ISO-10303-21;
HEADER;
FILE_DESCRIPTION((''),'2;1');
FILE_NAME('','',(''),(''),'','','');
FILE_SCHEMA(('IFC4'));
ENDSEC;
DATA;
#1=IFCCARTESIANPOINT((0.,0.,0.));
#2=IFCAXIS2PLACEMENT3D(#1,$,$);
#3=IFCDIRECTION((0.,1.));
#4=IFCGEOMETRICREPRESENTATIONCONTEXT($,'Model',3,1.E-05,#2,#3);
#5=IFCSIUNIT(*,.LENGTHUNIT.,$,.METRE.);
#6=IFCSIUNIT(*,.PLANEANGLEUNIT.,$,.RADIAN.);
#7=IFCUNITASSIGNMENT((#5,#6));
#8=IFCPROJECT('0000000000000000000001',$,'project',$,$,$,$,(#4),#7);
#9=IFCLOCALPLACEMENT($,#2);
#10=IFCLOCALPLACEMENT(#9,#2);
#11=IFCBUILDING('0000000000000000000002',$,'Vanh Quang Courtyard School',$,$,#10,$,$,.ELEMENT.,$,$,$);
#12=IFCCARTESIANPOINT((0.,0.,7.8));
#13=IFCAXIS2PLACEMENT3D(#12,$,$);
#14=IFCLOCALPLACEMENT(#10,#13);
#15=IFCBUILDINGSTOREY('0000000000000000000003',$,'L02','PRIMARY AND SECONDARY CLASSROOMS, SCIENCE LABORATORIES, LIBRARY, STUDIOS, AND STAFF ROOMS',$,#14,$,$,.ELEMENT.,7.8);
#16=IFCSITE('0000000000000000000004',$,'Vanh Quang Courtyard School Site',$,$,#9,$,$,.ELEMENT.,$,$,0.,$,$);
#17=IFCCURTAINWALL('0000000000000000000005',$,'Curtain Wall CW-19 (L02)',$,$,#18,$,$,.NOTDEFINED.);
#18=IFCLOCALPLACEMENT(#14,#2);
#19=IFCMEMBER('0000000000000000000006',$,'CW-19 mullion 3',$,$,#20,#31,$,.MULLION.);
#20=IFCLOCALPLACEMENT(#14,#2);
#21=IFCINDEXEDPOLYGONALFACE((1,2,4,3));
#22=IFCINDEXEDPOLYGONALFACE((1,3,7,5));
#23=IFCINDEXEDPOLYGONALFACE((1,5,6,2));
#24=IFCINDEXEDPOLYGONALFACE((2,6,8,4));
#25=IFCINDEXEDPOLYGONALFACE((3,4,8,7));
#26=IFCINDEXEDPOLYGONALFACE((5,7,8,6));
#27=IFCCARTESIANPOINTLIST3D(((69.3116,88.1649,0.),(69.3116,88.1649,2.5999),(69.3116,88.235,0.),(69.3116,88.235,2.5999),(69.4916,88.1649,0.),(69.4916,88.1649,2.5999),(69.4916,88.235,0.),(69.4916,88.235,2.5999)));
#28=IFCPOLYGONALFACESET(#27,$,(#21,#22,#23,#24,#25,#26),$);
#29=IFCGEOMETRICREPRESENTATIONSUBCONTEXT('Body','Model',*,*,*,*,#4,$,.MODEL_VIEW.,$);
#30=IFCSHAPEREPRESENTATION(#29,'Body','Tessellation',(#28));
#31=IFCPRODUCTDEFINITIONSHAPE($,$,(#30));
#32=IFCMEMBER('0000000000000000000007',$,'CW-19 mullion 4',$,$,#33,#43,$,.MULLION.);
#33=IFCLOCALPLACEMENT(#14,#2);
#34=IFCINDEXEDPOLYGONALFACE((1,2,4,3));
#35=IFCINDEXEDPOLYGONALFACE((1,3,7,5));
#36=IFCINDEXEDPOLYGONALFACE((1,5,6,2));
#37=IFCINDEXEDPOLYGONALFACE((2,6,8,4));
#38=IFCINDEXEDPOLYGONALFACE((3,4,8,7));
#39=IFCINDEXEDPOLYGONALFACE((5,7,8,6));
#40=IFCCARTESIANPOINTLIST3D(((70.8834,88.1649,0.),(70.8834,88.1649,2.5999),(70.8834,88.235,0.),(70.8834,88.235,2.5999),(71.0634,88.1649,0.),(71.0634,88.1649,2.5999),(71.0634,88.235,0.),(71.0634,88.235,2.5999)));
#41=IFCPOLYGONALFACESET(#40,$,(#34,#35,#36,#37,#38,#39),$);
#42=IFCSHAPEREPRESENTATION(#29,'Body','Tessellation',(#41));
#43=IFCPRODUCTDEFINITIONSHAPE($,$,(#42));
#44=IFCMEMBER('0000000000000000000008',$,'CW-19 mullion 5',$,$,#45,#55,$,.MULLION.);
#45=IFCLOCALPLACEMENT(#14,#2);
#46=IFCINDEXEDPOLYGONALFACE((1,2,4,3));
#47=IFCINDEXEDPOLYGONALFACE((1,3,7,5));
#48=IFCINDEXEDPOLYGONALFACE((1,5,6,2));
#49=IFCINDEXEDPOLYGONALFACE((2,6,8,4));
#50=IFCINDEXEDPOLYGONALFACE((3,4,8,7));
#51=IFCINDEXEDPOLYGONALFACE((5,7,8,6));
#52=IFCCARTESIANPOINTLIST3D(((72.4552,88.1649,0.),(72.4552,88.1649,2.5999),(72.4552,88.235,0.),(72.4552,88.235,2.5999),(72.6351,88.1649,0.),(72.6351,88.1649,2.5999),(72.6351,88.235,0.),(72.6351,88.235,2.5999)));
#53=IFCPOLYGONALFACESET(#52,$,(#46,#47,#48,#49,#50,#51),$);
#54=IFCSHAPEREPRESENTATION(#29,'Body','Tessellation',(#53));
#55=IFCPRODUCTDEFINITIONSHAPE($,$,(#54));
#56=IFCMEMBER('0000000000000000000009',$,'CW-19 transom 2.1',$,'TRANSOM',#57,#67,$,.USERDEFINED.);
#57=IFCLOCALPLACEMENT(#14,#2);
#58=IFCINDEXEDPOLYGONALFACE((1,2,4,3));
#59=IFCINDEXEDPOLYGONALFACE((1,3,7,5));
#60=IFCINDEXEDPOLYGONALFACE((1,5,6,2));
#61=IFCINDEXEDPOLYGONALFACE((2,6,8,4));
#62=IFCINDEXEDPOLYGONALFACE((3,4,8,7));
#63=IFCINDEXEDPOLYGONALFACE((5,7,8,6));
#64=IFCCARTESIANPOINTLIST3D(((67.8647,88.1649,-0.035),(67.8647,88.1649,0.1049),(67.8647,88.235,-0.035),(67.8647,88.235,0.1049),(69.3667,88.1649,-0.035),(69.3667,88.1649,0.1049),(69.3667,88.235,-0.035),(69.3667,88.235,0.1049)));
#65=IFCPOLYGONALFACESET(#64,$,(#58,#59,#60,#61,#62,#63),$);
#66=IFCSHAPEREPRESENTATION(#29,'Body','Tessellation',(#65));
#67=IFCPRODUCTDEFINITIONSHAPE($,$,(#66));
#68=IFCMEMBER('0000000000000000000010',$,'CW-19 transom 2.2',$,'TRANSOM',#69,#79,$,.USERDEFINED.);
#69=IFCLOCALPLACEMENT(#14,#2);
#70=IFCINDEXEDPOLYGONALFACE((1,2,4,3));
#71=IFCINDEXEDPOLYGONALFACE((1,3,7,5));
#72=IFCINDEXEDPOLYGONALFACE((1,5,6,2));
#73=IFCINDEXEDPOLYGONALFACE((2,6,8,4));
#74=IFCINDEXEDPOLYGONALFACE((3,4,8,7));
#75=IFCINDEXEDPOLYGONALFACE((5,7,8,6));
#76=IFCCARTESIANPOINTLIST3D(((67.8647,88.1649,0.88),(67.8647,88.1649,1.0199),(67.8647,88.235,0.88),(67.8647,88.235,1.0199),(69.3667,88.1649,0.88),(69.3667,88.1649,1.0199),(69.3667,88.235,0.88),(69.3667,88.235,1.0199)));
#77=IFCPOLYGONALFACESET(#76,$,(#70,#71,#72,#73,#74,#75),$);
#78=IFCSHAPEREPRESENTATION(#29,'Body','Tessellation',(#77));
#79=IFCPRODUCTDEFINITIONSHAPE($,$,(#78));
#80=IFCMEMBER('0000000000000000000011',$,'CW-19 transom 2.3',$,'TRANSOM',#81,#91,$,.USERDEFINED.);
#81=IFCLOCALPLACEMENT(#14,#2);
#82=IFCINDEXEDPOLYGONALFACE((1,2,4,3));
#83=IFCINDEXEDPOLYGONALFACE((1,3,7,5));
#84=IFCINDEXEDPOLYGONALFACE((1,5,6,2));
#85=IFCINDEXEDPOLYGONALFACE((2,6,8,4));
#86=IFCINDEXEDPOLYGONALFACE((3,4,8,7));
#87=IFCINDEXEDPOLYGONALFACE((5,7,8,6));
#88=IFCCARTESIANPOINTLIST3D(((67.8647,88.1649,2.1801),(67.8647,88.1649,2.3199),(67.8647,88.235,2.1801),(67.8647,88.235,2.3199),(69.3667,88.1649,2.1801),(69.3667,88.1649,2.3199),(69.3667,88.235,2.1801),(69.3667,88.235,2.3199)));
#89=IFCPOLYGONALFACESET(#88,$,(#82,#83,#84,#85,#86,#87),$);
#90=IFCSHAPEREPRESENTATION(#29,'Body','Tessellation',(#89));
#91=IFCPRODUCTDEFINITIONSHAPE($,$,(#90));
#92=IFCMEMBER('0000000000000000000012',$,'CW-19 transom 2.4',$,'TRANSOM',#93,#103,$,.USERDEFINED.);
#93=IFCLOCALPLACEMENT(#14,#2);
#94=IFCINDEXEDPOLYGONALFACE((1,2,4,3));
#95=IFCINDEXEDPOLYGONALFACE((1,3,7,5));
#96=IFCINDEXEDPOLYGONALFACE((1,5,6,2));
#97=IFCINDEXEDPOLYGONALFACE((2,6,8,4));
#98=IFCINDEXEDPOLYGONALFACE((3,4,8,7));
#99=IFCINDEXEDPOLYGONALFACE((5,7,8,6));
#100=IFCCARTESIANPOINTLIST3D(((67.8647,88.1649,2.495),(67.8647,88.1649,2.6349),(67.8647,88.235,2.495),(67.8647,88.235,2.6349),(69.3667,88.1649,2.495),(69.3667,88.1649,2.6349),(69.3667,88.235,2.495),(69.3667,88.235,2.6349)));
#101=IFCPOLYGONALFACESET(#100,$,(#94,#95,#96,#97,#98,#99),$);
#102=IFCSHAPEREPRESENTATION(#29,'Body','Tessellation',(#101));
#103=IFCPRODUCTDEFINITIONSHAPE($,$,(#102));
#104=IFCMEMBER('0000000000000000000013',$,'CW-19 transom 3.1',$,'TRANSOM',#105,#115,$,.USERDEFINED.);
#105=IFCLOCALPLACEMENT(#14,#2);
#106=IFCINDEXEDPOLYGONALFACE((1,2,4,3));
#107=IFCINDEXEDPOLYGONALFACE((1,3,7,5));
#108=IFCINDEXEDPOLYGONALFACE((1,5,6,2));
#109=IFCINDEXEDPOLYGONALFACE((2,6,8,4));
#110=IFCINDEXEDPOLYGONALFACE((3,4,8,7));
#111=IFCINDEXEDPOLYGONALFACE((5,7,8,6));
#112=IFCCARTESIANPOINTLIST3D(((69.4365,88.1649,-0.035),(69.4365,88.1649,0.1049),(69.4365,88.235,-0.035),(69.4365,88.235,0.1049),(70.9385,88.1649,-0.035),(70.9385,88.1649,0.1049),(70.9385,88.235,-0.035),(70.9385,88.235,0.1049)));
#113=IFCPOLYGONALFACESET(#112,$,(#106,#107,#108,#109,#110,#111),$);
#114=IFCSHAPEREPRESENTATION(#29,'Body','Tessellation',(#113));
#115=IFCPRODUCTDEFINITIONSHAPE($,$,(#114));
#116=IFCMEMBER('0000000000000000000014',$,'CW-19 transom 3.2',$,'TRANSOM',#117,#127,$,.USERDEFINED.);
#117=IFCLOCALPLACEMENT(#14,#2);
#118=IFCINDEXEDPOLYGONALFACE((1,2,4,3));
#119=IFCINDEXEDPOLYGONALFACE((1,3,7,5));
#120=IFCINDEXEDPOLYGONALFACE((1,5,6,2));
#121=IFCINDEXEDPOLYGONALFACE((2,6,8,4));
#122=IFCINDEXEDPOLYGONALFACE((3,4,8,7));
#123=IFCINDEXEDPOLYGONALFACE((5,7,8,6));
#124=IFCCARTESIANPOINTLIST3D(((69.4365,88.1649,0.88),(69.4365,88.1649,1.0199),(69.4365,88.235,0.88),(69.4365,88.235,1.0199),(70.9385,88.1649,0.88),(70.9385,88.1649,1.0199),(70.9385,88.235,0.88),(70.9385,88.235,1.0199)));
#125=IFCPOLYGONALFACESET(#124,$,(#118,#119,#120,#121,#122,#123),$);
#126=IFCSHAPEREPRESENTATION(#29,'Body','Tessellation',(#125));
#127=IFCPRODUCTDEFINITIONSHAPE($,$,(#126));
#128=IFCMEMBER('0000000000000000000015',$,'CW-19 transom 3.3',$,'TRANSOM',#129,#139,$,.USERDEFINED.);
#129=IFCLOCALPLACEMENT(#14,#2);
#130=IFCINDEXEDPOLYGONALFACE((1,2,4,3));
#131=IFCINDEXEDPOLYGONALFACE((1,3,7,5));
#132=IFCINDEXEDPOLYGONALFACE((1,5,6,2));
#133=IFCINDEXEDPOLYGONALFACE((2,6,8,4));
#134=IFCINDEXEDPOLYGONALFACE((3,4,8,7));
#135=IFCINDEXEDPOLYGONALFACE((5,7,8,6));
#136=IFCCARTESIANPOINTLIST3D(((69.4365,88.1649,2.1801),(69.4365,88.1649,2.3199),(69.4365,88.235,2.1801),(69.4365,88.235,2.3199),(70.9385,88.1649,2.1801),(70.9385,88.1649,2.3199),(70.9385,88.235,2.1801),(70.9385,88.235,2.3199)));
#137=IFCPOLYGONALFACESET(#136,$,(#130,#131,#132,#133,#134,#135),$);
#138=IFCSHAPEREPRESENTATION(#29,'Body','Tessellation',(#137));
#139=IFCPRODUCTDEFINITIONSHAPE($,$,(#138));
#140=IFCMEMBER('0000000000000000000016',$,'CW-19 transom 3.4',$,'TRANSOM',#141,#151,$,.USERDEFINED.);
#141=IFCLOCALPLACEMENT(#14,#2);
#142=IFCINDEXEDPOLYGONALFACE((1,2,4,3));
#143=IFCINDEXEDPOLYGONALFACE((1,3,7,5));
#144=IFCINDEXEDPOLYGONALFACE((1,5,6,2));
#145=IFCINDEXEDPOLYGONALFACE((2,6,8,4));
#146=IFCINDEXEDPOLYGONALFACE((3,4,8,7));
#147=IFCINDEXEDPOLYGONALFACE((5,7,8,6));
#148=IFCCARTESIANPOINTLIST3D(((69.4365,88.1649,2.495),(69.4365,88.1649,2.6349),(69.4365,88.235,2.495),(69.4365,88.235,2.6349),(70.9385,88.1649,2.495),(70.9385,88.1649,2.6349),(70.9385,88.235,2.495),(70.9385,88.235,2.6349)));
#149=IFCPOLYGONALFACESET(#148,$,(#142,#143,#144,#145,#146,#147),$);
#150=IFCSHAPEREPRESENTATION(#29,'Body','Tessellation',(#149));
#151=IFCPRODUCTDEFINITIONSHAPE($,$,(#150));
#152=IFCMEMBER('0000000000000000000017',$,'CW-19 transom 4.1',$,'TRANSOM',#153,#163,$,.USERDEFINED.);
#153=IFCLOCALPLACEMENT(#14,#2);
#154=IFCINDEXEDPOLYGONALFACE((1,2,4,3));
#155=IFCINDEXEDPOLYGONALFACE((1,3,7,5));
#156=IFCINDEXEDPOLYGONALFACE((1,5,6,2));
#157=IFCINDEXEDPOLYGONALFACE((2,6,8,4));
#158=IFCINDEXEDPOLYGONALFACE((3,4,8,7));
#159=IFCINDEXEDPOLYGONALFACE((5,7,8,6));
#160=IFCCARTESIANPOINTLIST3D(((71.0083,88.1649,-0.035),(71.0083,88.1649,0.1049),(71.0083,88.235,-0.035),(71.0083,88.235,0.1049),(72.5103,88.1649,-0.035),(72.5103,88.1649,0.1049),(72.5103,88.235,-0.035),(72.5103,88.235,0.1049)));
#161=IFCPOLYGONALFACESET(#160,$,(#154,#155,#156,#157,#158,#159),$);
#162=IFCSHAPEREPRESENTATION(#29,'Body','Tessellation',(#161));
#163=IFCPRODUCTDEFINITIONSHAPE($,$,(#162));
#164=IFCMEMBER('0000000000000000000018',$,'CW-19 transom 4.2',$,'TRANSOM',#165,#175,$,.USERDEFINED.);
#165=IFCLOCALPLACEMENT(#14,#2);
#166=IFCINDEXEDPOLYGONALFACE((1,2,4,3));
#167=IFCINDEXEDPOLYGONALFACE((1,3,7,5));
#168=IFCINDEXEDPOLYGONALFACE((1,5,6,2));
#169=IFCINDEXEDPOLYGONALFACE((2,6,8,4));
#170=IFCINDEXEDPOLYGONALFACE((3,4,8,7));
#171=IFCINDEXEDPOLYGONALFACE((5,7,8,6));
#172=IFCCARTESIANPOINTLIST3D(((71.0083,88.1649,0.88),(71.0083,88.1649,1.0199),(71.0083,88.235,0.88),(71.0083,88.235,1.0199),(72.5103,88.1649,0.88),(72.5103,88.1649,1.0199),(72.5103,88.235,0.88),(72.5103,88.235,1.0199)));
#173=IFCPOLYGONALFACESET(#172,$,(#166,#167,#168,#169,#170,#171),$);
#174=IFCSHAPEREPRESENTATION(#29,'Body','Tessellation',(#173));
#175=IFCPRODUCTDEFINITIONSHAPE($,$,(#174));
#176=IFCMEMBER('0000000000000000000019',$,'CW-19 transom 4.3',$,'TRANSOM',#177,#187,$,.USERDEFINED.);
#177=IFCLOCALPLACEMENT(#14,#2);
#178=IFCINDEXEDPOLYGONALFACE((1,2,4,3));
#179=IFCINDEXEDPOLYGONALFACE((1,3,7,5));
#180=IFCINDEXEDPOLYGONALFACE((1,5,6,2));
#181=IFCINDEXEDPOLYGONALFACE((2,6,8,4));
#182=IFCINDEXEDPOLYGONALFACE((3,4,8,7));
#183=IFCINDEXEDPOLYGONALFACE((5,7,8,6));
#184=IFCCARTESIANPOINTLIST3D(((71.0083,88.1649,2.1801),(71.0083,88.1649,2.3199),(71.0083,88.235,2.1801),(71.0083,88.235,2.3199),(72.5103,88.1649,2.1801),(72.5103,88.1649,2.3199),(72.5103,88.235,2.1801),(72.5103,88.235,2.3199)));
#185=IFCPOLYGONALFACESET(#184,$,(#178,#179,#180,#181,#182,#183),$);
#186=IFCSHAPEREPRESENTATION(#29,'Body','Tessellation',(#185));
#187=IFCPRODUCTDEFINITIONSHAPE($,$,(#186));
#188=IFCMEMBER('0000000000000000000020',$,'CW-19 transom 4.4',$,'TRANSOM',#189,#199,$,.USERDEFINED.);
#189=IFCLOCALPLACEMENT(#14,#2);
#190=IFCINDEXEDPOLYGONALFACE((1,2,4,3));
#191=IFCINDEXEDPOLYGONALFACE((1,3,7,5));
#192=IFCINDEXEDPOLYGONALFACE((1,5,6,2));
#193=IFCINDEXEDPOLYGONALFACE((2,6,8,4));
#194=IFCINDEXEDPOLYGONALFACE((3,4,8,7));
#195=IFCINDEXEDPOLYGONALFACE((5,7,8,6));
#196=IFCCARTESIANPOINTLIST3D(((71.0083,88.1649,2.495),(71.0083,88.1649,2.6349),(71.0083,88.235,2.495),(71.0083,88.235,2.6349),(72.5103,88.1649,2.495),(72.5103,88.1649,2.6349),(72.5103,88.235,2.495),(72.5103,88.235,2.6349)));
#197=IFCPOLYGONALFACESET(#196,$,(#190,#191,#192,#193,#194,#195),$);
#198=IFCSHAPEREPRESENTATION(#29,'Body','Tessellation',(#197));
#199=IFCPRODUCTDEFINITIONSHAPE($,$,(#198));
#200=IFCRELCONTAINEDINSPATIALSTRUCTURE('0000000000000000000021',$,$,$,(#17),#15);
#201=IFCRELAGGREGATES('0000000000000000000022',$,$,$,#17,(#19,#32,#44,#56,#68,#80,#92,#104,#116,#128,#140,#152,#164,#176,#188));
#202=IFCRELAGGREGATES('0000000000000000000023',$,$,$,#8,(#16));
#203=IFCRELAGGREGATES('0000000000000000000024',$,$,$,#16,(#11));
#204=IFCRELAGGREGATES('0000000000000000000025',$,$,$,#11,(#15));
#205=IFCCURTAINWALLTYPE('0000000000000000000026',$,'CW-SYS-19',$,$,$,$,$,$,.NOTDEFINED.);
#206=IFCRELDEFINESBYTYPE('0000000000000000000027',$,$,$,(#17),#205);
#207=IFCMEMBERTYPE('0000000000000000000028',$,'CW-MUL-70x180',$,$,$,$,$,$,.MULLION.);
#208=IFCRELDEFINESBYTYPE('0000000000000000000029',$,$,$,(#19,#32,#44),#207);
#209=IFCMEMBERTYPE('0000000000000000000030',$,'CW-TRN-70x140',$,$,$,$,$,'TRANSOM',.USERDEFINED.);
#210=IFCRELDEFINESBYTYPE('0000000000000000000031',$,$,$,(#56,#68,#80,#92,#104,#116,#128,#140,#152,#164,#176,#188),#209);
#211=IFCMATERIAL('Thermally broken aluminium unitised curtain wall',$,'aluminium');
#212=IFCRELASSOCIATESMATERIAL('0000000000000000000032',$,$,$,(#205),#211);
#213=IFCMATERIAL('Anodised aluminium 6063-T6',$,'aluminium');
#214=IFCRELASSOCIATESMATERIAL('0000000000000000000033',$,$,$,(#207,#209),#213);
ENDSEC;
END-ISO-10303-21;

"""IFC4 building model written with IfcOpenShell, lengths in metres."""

from ifc_helpers import new_model, si_unit, direction, frame, origin, origin_2d, place, context, subcontext, project, spatial, rectangle, extrude, material, material_profile, profile_set, type_object, element, aggregate, save


model = new_model("IFC4")

# Units and contexts
model_context = context("Model", 3, precision=1e-05, world=origin(), true_north=direction((0.0, 1.0)))
body_context = subcontext(model_context, "Body", "Model", "MODEL_VIEW")
ifc_project = project(units=[si_unit("LENGTHUNIT", "METRE"), si_unit("PLANEANGLEUNIT", "RADIAN")], contexts=[model_context])

# Site, building, storey
site_placement = place(None, origin())
site = spatial("IfcSite", under=ifc_project, at=site_placement, Name="Vanh Quang Courtyard School Site", CompositionType="ELEMENT", RefElevation=0.0)
building_placement = place(site_placement, origin())
building = spatial("IfcBuilding", under=site, at=building_placement, Name="Vanh Quang Courtyard School", CompositionType="ELEMENT")
storey_placement = place(building_placement, frame((0.0, 0.0, 7.8)))
storey = spatial("IfcBuildingStorey", under=building, at=storey_placement, Name="L02", Description="PRIMARY AND SECONDARY CLASSROOMS, SCIENCE LABORATORIES, LIBRARY, STUDIOS, AND STAFF ROOMS", CompositionType="ELEMENT", Elevation=7.8)

# Curtain wall, members
ifc_material_1 = material(Name="Thermally broken aluminium unitised curtain wall", Category="aluminium")
curtain_wall_type = type_object("IfcCurtainWallType", Name="CW-SYS-19", PredefinedType="NOTDEFINED", material=ifc_material_1)
curtain_wall_placement = place(storey_placement, origin())
curtain_wall = element("IfcCurtainWall", 1, at=curtain_wall_placement, inside=storey, type_object=curtain_wall_type, Name="Curtain Wall CW-19 (L02)", PredefinedType="NOTDEFINED")
ifc_material_2 = material(Name="Anodised aluminium 6063-T6", Category="aluminium")
ifc_material_profile_1 = material_profile(ifc_material_2, rectangle(XDim=0.0701, YDim=0.1799, at=origin_2d()), Name="ALU-MUL 70x180")
ifc_profile_set_1 = profile_set([ifc_material_profile_1], Name="Anodised aluminium 6063-T6")
member_type_1 = type_object("IfcMemberType", Name="CW-MUL-70x180", PredefinedType="MULLION", material=ifc_profile_set_1)
member_1_placement = place(storey_placement, frame((69.4016, 88.2, 0.0), z_axis=(0.0, 0.0, 1.0), x_axis=(0.0, 1.0, 0.0)))
member_1 = element("IfcMember", 2, at=member_1_placement, type_object=member_type_1, Name="CW-19 mullion 3", PredefinedType="MULLION", context=body_context, shape_type="SweptSolid", body=[
    extrude(rectangle(XDim=0.0701, YDim=0.1799, at=origin_2d()), origin(), (0.0, 0.0, 1.0), 2.5999),
])
member_2_placement = place(storey_placement, frame((70.9734, 88.2, 0.0), z_axis=(0.0, 0.0, 1.0), x_axis=(0.0, 1.0, 0.0)))
member_2 = element("IfcMember", 3, at=member_2_placement, type_object=member_type_1, Name="CW-19 mullion 4", PredefinedType="MULLION", context=body_context, shape_type="SweptSolid", body=[
    extrude(rectangle(XDim=0.0701, YDim=0.1799, at=origin_2d()), origin(), (0.0, 0.0, 1.0), 2.5999),
])
member_3_placement = place(storey_placement, frame((72.5452, 88.2, 0.0), z_axis=(0.0, 0.0, 1.0), x_axis=(0.0, 1.0, 0.0)))
member_3 = element("IfcMember", 4, at=member_3_placement, type_object=member_type_1, Name="CW-19 mullion 5", PredefinedType="MULLION", context=body_context, shape_type="SweptSolid", body=[
    extrude(rectangle(XDim=0.0701, YDim=0.1799, at=origin_2d()), origin(), (0.0, 0.0, 1.0), 2.5999),
])
ifc_material_profile_2 = material_profile(ifc_material_2, rectangle(XDim=0.0701, YDim=0.1399, at=origin_2d()), Name="ALU-TRN 70x140")
ifc_profile_set_2 = profile_set([ifc_material_profile_2], Name="Anodised aluminium 6063-T6")
member_type_2 = type_object("IfcMemberType", Name="CW-TRN-70x140", ElementType="TRANSOM", PredefinedType="USERDEFINED", material=ifc_profile_set_2)
member_4_placement = place(storey_placement, frame((67.8647, 88.2, 0.0349), z_axis=(1.0, 0.0, 0.0), x_axis=(0.0, 1.0, 0.0)))
member_4 = element("IfcMember", 5, at=member_4_placement, type_object=member_type_2, Name="CW-19 transom 2.1", ObjectType="TRANSOM", PredefinedType="USERDEFINED", context=body_context, shape_type="SweptSolid", body=[
    extrude(rectangle(XDim=0.0701, YDim=0.1399, at=origin_2d()), origin(), (0.0, 0.0, 1.0), 1.502),
])
member_5_placement = place(storey_placement, frame((67.8647, 88.2, 0.95), z_axis=(1.0, 0.0, 0.0), x_axis=(0.0, 1.0, 0.0)))
member_5 = element("IfcMember", 6, at=member_5_placement, type_object=member_type_2, Name="CW-19 transom 2.2", ObjectType="TRANSOM", PredefinedType="USERDEFINED", context=body_context, shape_type="SweptSolid", body=[
    extrude(rectangle(XDim=0.0701, YDim=0.1399, at=origin_2d()), origin(), (0.0, 0.0, 1.0), 1.502),
])
member_6_placement = place(storey_placement, frame((67.8647, 88.2, 2.25), z_axis=(1.0, 0.0, 0.0), x_axis=(0.0, 1.0, 0.0)))
member_6 = element("IfcMember", 7, at=member_6_placement, type_object=member_type_2, Name="CW-19 transom 2.3", ObjectType="TRANSOM", PredefinedType="USERDEFINED", context=body_context, shape_type="SweptSolid", body=[
    extrude(rectangle(XDim=0.0701, YDim=0.1399, at=origin_2d()), origin(), (0.0, 0.0, 1.0), 1.502),
])
member_7_placement = place(storey_placement, frame((67.8647, 88.2, 2.5649), z_axis=(1.0, 0.0, 0.0), x_axis=(0.0, 1.0, 0.0)))
member_7 = element("IfcMember", 8, at=member_7_placement, type_object=member_type_2, Name="CW-19 transom 2.4", ObjectType="TRANSOM", PredefinedType="USERDEFINED", context=body_context, shape_type="SweptSolid", body=[
    extrude(rectangle(XDim=0.0701, YDim=0.1399, at=origin_2d()), origin(), (0.0, 0.0, 1.0), 1.502),
])
member_8_placement = place(storey_placement, frame((69.4365, 88.2, 0.0349), z_axis=(1.0, 0.0, 0.0), x_axis=(0.0, 1.0, 0.0)))
member_8 = element("IfcMember", 9, at=member_8_placement, type_object=member_type_2, Name="CW-19 transom 3.1", ObjectType="TRANSOM", PredefinedType="USERDEFINED", context=body_context, shape_type="SweptSolid", body=[
    extrude(rectangle(XDim=0.0701, YDim=0.1399, at=origin_2d()), origin(), (0.0, 0.0, 1.0), 1.502),
])
member_9_placement = place(storey_placement, frame((69.4365, 88.2, 0.95), z_axis=(1.0, 0.0, 0.0), x_axis=(0.0, 1.0, 0.0)))
member_9 = element("IfcMember", 10, at=member_9_placement, type_object=member_type_2, Name="CW-19 transom 3.2", ObjectType="TRANSOM", PredefinedType="USERDEFINED", context=body_context, shape_type="SweptSolid", body=[
    extrude(rectangle(XDim=0.0701, YDim=0.1399, at=origin_2d()), origin(), (0.0, 0.0, 1.0), 1.502),
])
member_10_placement = place(storey_placement, frame((69.4365, 88.2, 2.25), z_axis=(1.0, 0.0, 0.0), x_axis=(0.0, 1.0, 0.0)))
member_10 = element("IfcMember", 11, at=member_10_placement, type_object=member_type_2, Name="CW-19 transom 3.3", ObjectType="TRANSOM", PredefinedType="USERDEFINED", context=body_context, shape_type="SweptSolid", body=[
    extrude(rectangle(XDim=0.0701, YDim=0.1399, at=origin_2d()), origin(), (0.0, 0.0, 1.0), 1.502),
])
member_11_placement = place(storey_placement, frame((69.4365, 88.2, 2.5649), z_axis=(1.0, 0.0, 0.0), x_axis=(0.0, 1.0, 0.0)))
member_11 = element("IfcMember", 12, at=member_11_placement, type_object=member_type_2, Name="CW-19 transom 3.4", ObjectType="TRANSOM", PredefinedType="USERDEFINED", context=body_context, shape_type="SweptSolid", body=[
    extrude(rectangle(XDim=0.0701, YDim=0.1399, at=origin_2d()), origin(), (0.0, 0.0, 1.0), 1.502),
])
member_12_placement = place(storey_placement, frame((71.0083, 88.2, 0.0349), z_axis=(1.0, 0.0, 0.0), x_axis=(0.0, 1.0, 0.0)))
member_12 = element("IfcMember", 13, at=member_12_placement, type_object=member_type_2, Name="CW-19 transom 4.1", ObjectType="TRANSOM", PredefinedType="USERDEFINED", context=body_context, shape_type="SweptSolid", body=[
    extrude(rectangle(XDim=0.0701, YDim=0.1399, at=origin_2d()), origin(), (0.0, 0.0, 1.0), 1.502),
])
member_13_placement = place(storey_placement, frame((71.0083, 88.2, 0.95), z_axis=(1.0, 0.0, 0.0), x_axis=(0.0, 1.0, 0.0)))
member_13 = element("IfcMember", 14, at=member_13_placement, type_object=member_type_2, Name="CW-19 transom 4.2", ObjectType="TRANSOM", PredefinedType="USERDEFINED", context=body_context, shape_type="SweptSolid", body=[
    extrude(rectangle(XDim=0.0701, YDim=0.1399, at=origin_2d()), origin(), (0.0, 0.0, 1.0), 1.502),
])
member_14_placement = place(storey_placement, frame((71.0083, 88.2, 2.25), z_axis=(1.0, 0.0, 0.0), x_axis=(0.0, 1.0, 0.0)))
member_14 = element("IfcMember", 15, at=member_14_placement, type_object=member_type_2, Name="CW-19 transom 4.3", ObjectType="TRANSOM", PredefinedType="USERDEFINED", context=body_context, shape_type="SweptSolid", body=[
    extrude(rectangle(XDim=0.0701, YDim=0.1399, at=origin_2d()), origin(), (0.0, 0.0, 1.0), 1.502),
])
member_15_placement = place(storey_placement, frame((71.0083, 88.2, 2.5649), z_axis=(1.0, 0.0, 0.0), x_axis=(0.0, 1.0, 0.0)))
member_15 = element("IfcMember", 16, at=member_15_placement, type_object=member_type_2, Name="CW-19 transom 4.4", ObjectType="TRANSOM", PredefinedType="USERDEFINED", context=body_context, shape_type="SweptSolid", body=[
    extrude(rectangle(XDim=0.0701, YDim=0.1399, at=origin_2d()), origin(), (0.0, 0.0, 1.0), 1.502),
])
aggregate(curtain_wall, [member_1, member_2, member_3, member_4, member_5, member_6, member_7, member_8, member_9, member_10, member_11, member_12, member_13, member_14, member_15])

save(model, "model.ifc")
